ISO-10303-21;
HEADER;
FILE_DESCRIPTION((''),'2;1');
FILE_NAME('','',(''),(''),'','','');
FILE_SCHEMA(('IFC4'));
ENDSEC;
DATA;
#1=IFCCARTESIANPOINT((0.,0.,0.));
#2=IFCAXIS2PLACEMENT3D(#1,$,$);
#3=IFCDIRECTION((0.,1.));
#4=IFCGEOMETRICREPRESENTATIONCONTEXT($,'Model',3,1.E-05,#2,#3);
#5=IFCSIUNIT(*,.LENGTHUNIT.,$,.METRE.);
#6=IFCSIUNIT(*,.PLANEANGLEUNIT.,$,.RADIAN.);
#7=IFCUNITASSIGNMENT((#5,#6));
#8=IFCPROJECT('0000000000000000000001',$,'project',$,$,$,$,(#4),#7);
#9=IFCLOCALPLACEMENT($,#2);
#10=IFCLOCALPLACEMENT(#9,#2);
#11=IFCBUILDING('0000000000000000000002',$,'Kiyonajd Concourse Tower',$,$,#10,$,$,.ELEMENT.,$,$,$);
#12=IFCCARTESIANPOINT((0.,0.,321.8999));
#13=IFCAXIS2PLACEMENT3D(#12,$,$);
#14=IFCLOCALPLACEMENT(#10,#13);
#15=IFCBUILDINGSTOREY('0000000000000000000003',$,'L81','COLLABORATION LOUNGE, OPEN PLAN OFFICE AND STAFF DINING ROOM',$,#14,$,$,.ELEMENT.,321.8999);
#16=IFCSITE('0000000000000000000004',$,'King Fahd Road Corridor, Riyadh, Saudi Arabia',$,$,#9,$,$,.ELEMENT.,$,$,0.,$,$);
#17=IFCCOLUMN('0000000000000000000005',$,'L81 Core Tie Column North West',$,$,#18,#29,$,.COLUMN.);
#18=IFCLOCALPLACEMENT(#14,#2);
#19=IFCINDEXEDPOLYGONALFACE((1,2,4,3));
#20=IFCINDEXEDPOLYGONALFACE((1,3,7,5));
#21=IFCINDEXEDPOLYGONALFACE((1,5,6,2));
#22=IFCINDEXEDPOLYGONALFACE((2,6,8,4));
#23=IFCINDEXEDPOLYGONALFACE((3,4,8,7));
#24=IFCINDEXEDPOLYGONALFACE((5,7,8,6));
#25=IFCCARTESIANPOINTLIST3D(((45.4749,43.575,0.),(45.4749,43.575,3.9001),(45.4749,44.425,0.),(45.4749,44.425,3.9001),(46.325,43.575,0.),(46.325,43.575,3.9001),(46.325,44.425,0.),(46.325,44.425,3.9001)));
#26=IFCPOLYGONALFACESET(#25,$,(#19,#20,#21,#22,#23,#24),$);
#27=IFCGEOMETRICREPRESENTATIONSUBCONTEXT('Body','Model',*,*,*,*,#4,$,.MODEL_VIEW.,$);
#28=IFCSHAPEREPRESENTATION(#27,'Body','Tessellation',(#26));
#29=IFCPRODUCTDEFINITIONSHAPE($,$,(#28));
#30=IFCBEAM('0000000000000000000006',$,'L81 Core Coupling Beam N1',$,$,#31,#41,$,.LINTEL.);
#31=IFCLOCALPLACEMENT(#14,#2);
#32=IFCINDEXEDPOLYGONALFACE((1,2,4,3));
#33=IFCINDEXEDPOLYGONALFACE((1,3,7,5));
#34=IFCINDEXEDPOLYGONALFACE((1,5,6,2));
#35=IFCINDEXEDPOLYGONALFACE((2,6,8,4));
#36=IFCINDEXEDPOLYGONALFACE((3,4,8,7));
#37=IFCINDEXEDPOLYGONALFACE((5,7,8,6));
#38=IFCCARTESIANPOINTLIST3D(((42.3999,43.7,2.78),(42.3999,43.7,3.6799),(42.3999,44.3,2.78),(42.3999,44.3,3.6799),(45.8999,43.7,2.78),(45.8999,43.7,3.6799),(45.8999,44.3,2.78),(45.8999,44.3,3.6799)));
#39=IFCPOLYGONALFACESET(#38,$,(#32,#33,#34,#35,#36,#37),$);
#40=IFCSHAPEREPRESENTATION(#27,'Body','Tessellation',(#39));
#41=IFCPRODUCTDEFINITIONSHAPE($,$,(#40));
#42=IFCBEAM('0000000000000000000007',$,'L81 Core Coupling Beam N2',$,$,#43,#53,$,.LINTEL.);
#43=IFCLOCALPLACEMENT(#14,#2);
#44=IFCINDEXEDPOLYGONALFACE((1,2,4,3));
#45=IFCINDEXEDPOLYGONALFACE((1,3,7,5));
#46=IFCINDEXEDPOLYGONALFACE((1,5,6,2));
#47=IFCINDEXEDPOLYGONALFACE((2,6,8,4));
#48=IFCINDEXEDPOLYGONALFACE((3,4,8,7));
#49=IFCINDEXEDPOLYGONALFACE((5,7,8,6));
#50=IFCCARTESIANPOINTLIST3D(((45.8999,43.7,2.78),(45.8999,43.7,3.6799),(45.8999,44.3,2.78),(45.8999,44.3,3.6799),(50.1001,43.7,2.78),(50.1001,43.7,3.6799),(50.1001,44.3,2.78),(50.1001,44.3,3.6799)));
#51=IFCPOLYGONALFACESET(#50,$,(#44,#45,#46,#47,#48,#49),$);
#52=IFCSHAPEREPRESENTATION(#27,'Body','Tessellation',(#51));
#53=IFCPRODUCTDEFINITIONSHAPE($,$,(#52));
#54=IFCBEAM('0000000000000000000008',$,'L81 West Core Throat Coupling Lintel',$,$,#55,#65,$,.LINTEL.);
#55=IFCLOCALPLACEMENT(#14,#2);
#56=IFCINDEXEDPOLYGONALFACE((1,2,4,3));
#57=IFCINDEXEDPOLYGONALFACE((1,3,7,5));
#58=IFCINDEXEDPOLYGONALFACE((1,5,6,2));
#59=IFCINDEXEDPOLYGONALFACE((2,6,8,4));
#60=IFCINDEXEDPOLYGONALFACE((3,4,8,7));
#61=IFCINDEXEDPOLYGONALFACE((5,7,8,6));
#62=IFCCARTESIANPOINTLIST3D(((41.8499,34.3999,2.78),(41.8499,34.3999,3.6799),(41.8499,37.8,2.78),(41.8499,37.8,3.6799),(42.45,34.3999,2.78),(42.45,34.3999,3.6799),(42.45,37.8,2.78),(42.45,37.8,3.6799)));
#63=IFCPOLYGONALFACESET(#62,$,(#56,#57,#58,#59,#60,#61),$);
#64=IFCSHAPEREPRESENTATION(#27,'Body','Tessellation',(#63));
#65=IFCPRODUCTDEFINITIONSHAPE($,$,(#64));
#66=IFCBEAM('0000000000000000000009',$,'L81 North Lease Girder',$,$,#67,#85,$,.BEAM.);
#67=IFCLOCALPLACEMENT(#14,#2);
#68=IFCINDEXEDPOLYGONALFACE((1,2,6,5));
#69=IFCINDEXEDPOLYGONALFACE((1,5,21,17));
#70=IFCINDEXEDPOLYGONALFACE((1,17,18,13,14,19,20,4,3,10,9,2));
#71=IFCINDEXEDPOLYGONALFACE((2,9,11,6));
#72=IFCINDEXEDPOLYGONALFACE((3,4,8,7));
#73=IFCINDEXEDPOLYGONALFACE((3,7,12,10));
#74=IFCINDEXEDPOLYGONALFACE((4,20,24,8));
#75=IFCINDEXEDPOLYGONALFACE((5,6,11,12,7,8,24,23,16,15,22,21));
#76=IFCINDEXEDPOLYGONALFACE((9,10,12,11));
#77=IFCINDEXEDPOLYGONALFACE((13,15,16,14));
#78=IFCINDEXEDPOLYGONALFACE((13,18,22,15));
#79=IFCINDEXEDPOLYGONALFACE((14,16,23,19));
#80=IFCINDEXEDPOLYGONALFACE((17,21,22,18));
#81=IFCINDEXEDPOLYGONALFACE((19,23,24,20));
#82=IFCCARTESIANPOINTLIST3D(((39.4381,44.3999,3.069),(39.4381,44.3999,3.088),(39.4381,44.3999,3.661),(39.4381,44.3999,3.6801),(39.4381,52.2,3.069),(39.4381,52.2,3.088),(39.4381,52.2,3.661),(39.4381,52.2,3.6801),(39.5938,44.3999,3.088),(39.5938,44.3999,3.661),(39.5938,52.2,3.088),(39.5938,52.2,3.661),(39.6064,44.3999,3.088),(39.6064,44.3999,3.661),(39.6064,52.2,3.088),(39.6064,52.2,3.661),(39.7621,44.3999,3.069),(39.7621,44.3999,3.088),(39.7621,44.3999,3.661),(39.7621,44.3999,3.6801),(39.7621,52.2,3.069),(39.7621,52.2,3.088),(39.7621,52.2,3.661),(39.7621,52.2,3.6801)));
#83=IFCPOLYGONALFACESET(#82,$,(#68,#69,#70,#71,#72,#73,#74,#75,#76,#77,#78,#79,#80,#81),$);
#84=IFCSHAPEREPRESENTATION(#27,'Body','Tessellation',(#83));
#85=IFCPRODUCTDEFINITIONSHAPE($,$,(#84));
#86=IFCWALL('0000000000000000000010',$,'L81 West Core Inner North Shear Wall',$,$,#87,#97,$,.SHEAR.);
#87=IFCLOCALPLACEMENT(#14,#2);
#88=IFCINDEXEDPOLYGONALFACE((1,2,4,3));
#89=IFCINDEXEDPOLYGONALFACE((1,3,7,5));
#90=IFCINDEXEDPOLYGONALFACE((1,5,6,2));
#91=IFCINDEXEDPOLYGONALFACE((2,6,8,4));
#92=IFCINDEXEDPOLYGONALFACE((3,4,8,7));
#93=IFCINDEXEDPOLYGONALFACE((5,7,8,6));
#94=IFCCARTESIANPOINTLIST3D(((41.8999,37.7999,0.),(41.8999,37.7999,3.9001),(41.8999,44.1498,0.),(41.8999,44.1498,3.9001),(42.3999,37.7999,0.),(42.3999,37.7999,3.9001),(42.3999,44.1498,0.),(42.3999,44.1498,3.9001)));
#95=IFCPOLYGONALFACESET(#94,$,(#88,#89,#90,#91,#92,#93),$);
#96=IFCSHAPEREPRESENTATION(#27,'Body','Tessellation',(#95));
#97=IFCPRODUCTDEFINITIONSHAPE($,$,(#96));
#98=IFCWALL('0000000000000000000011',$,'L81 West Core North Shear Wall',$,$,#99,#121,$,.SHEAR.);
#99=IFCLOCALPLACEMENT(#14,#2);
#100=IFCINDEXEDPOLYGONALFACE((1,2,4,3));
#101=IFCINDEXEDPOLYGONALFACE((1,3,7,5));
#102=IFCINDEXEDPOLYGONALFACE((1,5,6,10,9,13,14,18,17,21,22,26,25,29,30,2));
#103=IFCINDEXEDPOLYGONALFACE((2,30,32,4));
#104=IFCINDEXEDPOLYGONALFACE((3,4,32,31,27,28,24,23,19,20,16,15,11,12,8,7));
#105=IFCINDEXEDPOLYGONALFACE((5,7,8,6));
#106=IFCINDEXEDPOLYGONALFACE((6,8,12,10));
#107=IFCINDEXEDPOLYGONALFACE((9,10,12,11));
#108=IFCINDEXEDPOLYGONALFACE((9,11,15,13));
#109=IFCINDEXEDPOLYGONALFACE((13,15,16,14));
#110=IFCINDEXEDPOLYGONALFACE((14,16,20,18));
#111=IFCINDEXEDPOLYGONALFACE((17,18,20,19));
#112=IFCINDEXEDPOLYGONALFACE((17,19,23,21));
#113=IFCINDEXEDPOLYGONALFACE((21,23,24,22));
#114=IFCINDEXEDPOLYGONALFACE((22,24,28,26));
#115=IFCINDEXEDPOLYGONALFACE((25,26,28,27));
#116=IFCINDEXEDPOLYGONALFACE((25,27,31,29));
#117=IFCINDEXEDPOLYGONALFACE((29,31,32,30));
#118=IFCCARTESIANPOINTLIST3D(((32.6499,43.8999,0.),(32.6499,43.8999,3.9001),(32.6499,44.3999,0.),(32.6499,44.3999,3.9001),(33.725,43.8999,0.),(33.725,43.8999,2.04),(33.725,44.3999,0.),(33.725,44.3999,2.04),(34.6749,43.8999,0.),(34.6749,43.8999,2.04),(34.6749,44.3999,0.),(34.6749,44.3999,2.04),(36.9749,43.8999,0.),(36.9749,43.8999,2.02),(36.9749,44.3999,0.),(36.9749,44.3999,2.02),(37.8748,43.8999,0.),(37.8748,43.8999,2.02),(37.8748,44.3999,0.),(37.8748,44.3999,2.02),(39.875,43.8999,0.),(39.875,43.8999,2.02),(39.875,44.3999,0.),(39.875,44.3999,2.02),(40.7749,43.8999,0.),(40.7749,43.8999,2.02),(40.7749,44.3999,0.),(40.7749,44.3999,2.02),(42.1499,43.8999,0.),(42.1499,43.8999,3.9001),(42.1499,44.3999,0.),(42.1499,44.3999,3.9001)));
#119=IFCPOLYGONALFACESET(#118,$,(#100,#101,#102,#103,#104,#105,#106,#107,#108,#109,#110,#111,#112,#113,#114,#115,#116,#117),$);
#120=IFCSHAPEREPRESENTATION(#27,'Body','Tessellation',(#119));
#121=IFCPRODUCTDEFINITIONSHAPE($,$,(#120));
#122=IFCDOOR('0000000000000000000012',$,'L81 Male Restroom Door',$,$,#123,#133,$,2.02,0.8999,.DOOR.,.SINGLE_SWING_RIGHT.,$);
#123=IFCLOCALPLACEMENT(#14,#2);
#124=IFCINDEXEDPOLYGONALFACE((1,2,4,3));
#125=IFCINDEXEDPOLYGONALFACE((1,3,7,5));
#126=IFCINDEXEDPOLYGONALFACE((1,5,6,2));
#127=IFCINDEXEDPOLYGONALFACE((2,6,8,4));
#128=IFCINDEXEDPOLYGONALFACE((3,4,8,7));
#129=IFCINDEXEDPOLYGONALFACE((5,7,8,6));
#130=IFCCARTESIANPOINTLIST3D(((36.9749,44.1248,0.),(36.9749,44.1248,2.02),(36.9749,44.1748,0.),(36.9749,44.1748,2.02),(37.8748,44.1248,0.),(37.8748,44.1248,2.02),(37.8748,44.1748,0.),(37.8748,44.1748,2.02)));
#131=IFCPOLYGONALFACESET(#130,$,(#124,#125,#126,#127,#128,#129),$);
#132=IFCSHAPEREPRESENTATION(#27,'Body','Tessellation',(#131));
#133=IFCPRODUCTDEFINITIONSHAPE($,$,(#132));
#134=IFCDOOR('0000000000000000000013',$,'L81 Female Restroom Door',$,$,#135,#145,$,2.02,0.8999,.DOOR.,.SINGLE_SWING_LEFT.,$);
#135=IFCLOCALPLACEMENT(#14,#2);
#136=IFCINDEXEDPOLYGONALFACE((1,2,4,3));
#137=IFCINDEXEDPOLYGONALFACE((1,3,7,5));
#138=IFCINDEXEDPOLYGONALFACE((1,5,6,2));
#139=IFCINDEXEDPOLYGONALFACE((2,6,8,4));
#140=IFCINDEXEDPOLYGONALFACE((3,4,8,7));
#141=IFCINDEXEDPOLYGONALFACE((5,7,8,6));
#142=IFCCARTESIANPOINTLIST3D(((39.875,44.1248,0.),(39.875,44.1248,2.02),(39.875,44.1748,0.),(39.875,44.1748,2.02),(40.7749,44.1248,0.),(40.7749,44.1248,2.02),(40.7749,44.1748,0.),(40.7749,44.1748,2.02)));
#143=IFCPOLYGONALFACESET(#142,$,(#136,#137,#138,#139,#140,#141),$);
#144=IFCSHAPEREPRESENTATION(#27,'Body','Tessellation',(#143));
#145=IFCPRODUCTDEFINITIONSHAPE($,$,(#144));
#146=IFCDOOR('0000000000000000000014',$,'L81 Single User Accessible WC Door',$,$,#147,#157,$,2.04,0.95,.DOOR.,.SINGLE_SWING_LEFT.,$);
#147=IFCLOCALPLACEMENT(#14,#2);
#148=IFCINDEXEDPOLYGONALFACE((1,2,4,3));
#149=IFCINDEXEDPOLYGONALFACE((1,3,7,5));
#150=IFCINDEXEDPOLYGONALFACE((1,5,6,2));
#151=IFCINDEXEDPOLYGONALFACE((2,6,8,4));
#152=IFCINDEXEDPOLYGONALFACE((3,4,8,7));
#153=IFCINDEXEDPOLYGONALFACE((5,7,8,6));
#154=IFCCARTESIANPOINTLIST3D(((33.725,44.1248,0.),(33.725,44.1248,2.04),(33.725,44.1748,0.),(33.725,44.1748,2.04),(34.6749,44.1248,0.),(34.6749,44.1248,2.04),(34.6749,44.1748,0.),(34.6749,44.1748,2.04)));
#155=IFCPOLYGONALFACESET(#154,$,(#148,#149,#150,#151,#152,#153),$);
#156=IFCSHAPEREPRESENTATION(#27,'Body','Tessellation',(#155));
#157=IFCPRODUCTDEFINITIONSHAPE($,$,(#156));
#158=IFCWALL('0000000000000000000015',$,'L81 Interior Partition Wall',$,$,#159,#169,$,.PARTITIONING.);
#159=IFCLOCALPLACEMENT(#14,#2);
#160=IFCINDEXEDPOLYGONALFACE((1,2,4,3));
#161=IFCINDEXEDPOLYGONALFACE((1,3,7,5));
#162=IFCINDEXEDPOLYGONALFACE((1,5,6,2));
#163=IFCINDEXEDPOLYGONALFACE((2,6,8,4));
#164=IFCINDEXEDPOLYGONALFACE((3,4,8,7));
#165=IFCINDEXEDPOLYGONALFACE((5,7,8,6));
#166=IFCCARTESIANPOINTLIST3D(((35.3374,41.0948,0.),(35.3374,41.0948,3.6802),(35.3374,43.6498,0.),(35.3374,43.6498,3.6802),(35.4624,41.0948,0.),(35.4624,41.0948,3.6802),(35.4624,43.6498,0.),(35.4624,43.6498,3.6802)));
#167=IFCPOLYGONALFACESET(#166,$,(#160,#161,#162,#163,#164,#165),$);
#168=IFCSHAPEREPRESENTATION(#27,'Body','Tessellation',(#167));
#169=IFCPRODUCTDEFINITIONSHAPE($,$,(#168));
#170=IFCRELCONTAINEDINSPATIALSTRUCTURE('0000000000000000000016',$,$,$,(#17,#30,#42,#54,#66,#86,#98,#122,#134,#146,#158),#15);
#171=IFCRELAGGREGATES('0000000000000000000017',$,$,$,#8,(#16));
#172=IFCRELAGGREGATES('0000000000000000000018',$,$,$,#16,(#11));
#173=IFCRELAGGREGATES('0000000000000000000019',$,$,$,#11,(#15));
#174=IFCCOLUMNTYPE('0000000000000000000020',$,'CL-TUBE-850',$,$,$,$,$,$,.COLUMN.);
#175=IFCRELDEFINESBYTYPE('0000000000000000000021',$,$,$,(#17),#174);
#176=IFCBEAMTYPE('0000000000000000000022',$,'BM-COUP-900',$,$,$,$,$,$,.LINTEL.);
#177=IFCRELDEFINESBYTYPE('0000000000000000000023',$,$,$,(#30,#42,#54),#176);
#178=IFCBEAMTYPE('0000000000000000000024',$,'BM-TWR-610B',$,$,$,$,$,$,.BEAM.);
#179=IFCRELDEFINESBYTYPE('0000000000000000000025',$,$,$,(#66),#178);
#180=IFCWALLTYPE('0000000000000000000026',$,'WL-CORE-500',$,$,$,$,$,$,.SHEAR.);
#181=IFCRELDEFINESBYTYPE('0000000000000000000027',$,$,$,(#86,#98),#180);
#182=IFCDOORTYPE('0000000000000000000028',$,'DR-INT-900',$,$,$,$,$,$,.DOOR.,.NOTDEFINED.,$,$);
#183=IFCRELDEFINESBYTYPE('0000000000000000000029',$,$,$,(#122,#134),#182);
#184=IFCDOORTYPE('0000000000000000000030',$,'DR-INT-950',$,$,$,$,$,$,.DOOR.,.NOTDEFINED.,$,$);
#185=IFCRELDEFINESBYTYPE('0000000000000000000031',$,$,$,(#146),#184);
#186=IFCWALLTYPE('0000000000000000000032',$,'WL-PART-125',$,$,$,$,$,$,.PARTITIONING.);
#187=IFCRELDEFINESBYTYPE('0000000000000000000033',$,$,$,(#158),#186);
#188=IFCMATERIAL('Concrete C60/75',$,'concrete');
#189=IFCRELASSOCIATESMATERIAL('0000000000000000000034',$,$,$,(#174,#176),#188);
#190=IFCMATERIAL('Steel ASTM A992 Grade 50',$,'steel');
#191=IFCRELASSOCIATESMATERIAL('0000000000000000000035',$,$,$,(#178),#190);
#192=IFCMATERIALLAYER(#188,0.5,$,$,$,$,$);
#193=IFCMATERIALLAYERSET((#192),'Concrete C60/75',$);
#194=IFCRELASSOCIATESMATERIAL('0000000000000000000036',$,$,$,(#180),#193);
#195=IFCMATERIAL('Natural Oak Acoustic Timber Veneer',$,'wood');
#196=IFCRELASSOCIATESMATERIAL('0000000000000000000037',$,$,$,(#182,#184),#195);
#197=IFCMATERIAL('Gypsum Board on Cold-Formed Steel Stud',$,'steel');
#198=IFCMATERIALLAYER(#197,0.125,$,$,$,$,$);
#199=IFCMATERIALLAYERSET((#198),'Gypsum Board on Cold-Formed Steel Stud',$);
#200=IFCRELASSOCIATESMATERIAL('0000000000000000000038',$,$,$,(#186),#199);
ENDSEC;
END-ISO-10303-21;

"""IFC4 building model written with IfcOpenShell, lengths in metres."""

from ifc_helpers import new_model, si_unit, direction, frame, frame_2d, origin, origin_2d, place, context, subcontext, project, spatial, rectangle, i_section, extrude, material, layer, layer_set, material_profile, profile_set, type_object, element, fill, save


model = new_model("IFC4")

# Units and contexts
model_context = context("Model", 3, precision=1e-05, world=origin(), true_north=direction((0.0, 1.0)))
body_context = subcontext(model_context, "Body", "Model", "MODEL_VIEW")
ifc_project = project(units=[si_unit("LENGTHUNIT", "METRE"), si_unit("PLANEANGLEUNIT", "RADIAN")], contexts=[model_context])

# Site, building, storey
site_placement = place(None, origin())
site = spatial("IfcSite", under=ifc_project, at=site_placement, Name="King Fahd Road Corridor, Riyadh, Saudi Arabia", CompositionType="ELEMENT", RefElevation=0.0)
building_placement = place(site_placement, origin())
building = spatial("IfcBuilding", under=site, at=building_placement, Name="Kiyonajd Concourse Tower", CompositionType="ELEMENT")
storey_placement = place(building_placement, frame((0.0, 0.0, 321.8999)))
storey = spatial("IfcBuildingStorey", under=building, at=storey_placement, Name="L81", Description="COLLABORATION LOUNGE, OPEN PLAN OFFICE AND STAFF DINING ROOM", CompositionType="ELEMENT", Elevation=321.8999)

# Column
ifc_material_1 = material(Name="Concrete C60/75", Category="concrete")
ifc_material_profile_1 = material_profile(ifc_material_1, rectangle(XDim=0.8501, YDim=0.8501, at=origin_2d()), Name="RC-850x850")
ifc_profile_set_1 = profile_set([ifc_material_profile_1], Name="Concrete C60/75")
column_type = type_object("IfcColumnType", Name="CL-TUBE-850", PredefinedType="COLUMN", material=ifc_profile_set_1)
column_placement = place(storey_placement, frame((45.8999, 44.0, 0.0), z_axis=(0.0, 0.0, 1.0), x_axis=(1.0, 0.0, 0.0)))
element("IfcColumn", 1, at=column_placement, inside=storey, type_object=column_type, Name="L81 Core Tie Column North West", PredefinedType="COLUMN", context=body_context, shape_type="SweptSolid", body=[
    extrude(rectangle(XDim=0.8501, YDim=0.8501, at=origin_2d()), origin(), (0.0, 0.0, 1.0), 3.9001),
])

# Beams
ifc_material_profile_2 = material_profile(ifc_material_1, rectangle(XDim=0.6001, YDim=0.8999, at=origin_2d()), Name="RCBM-600x900")
ifc_profile_set_2 = profile_set([ifc_material_profile_2], Name="Concrete C60/75")
beam_type_1 = type_object("IfcBeamType", Name="BM-COUP-900", PredefinedType="LINTEL", material=ifc_profile_set_2)
beam_1_placement = place(storey_placement, frame((42.3999, 44.0, 3.23), z_axis=(1.0, 0.0, 0.0), x_axis=(0.0, 1.0, 0.0)))
element("IfcBeam", 2, at=beam_1_placement, inside=storey, type_object=beam_type_1, Name="L81 Core Coupling Beam N1", PredefinedType="LINTEL", context=body_context, shape_type="SweptSolid", body=[
    extrude(rectangle(XDim=0.6001, YDim=0.8999, at=origin_2d()), origin(), (0.0, 0.0, 1.0), 3.5),
])
beam_2_placement = place(storey_placement, frame((45.8999, 44.0, 3.23), z_axis=(1.0, 0.0, 0.0), x_axis=(0.0, 1.0, 0.0)))
element("IfcBeam", 3, at=beam_2_placement, inside=storey, type_object=beam_type_1, Name="L81 Core Coupling Beam N2", PredefinedType="LINTEL", context=body_context, shape_type="SweptSolid", body=[
    extrude(rectangle(XDim=0.6001, YDim=0.8999, at=origin_2d()), origin(), (0.0, 0.0, 1.0), 4.2002),
])
beam_3_placement = place(storey_placement, frame((42.1499, 34.3999, 3.23), z_axis=(0.0, 1.0, 0.0), x_axis=(-1.0, 0.0, 0.0)))
element("IfcBeam", 4, at=beam_3_placement, inside=storey, type_object=beam_type_1, Name="L81 West Core Throat Coupling Lintel", PredefinedType="LINTEL", context=body_context, shape_type="SweptSolid", body=[
    extrude(rectangle(XDim=0.6001, YDim=0.8999, at=origin_2d()), origin(), (0.0, 0.0, 1.0), 3.4001),
])
ifc_material_2 = material(Name="Steel ASTM A992 Grade 50", Category="steel")
ifc_material_profile_3 = material_profile(ifc_material_2, i_section(OverallWidth=0.324, OverallDepth=0.6111, WebThickness=0.0127, FlangeThickness=0.019, at=origin_2d()), Name="W610X155")
ifc_profile_set_3 = profile_set([ifc_material_profile_3], Name="Steel ASTM A992 Grade 50")
beam_type_2 = type_object("IfcBeamType", Name="BM-TWR-610B", PredefinedType="BEAM", material=ifc_profile_set_3)
beam_4_placement = place(storey_placement, frame((39.6001, 44.3999, 3.3745), z_axis=(0.0, 1.0, 0.0), x_axis=(-1.0, 0.0, 0.0)))
element("IfcBeam", 5, at=beam_4_placement, inside=storey, type_object=beam_type_2, Name="L81 North Lease Girder", PredefinedType="BEAM", context=body_context, shape_type="SweptSolid", body=[
    extrude(i_section(OverallWidth=0.324, OverallDepth=0.6111, WebThickness=0.0127, FlangeThickness=0.019, at=origin_2d()), origin(), (0.0, 0.0, 1.0), 7.8),
])

# Wall
ifc_layer_1 = layer(ifc_material_1, 0.5)
ifc_layer_set_1 = layer_set([ifc_layer_1], Name="Concrete C60/75")
wall_type_1 = type_object("IfcWallType", Name="WL-CORE-500", PredefinedType="SHEAR", material=ifc_layer_set_1)
wall_1_placement = place(storey_placement, frame((42.1499, 37.8, 0.0), z_axis=(0.0, 0.0, 1.0), x_axis=(0.0, 1.0, 0.0)))
element("IfcWall", 6, at=wall_1_placement, inside=storey, type_object=wall_type_1, Name="L81 West Core Inner North Shear Wall", PredefinedType="SHEAR", context=body_context, shape_type="SweptSolid", body=[
    extrude(rectangle(XDim=6.3499, YDim=0.5, at=frame_2d((3.1748, 0.0))), origin(), (0.0, 0.0, 1.0), 3.9001),
])

# Wall, openings, doors
wall_2_placement = place(storey_placement, frame((32.6499, 44.1499, 0.0), z_axis=(0.0, 0.0, 1.0), x_axis=(1.0, 0.0, 0.0)))
wall_2 = element("IfcWall", 7, at=wall_2_placement, inside=storey, type_object=wall_type_1, Name="L81 West Core North Shear Wall", PredefinedType="SHEAR", context=body_context, shape_type="SweptSolid", body=[
    extrude(rectangle(XDim=9.5, YDim=0.5, at=frame_2d((4.75, 0.0))), origin(), (0.0, 0.0, 1.0), 3.9001),
])
opening_1_placement = place(wall_2_placement, frame((1.075, 0.0, 0.0)))
opening_1 = element("IfcOpeningElement", 8, at=opening_1_placement, cuts=wall_2, PredefinedType="OPENING", context=body_context, shape_type="SweptSolid", body=[
    extrude(rectangle(XDim=0.95, YDim=2.04, at=frame_2d((0.4751, 1.02))), frame((0.0, 0.26, 0.0), z_axis=(0.0, -1.0, 0.0), x_axis=(1.0, 0.0, 0.0)), (0.0, 0.0, 1.0), 0.52),
])
opening_2_placement = place(wall_2_placement, frame((4.325, 0.0, 0.0)))
opening_2 = element("IfcOpeningElement", 9, at=opening_2_placement, cuts=wall_2, PredefinedType="OPENING", context=body_context, shape_type="SweptSolid", body=[
    extrude(rectangle(XDim=0.8999, YDim=2.02, at=frame_2d((0.45, 1.01))), frame((0.0, 0.26, 0.0), z_axis=(0.0, -1.0, 0.0), x_axis=(1.0, 0.0, 0.0)), (0.0, 0.0, 1.0), 0.52),
])
opening_3_placement = place(wall_2_placement, frame((7.2251, 0.0, 0.0)))
opening_3 = element("IfcOpeningElement", 10, at=opening_3_placement, cuts=wall_2, PredefinedType="OPENING", context=body_context, shape_type="SweptSolid", body=[
    extrude(rectangle(XDim=0.8999, YDim=2.02, at=frame_2d((0.45, 1.01))), frame((0.0, 0.26, 0.0), z_axis=(0.0, -1.0, 0.0), x_axis=(1.0, 0.0, 0.0)), (0.0, 0.0, 1.0), 0.52),
])
ifc_material_3 = material(Name="Natural Oak Acoustic Timber Veneer", Category="wood")
door_type_1 = type_object("IfcDoorType", Name="DR-INT-900", OperationType="NOTDEFINED", PredefinedType="DOOR", material=ifc_material_3)
door_1_placement = place(opening_2_placement, origin())
door_1 = element("IfcDoor", 11, at=door_1_placement, inside=storey, type_object=door_type_1, Name="L81 Male Restroom Door", OperationType="SINGLE_SWING_RIGHT", OverallHeight=2.02, OverallWidth=0.8999, PredefinedType="DOOR", context=body_context, shape_type="SweptSolid", body=[
    extrude(rectangle(XDim=0.8999, YDim=2.02, at=frame_2d((0.45, 1.01))), frame((0.0, 0.0249, 0.0), z_axis=(0.0, -1.0, 0.0), x_axis=(1.0, 0.0, 0.0)), (0.0, 0.0, 1.0), 0.05),
])
fill(opening_2, door_1)
door_2_placement = place(opening_3_placement, origin())
door_2 = element("IfcDoor", 12, at=door_2_placement, inside=storey, type_object=door_type_1, Name="L81 Female Restroom Door", OperationType="SINGLE_SWING_LEFT", OverallHeight=2.02, OverallWidth=0.8999, PredefinedType="DOOR", context=body_context, shape_type="SweptSolid", body=[
    extrude(rectangle(XDim=0.8999, YDim=2.02, at=frame_2d((0.45, 1.01))), frame((0.0, 0.0249, 0.0), z_axis=(0.0, -1.0, 0.0), x_axis=(1.0, 0.0, 0.0)), (0.0, 0.0, 1.0), 0.05),
])
fill(opening_3, door_2)
door_type_2 = type_object("IfcDoorType", Name="DR-INT-950", OperationType="NOTDEFINED", PredefinedType="DOOR", material=ifc_material_3)
door_3_placement = place(opening_1_placement, origin())
door_3 = element("IfcDoor", 13, at=door_3_placement, inside=storey, type_object=door_type_2, Name="L81 Single User Accessible WC Door", OperationType="SINGLE_SWING_LEFT", OverallHeight=2.04, OverallWidth=0.95, PredefinedType="DOOR", context=body_context, shape_type="SweptSolid", body=[
    extrude(rectangle(XDim=0.95, YDim=2.04, at=frame_2d((0.4751, 1.02))), frame((0.0, 0.0249, 0.0), z_axis=(0.0, -1.0, 0.0), x_axis=(1.0, 0.0, 0.0)), (0.0, 0.0, 1.0), 0.05),
])
fill(opening_1, door_3)

# Wall
ifc_material_4 = material(Name="Gypsum Board on Cold-Formed Steel Stud", Category="steel")
ifc_layer_2 = layer(ifc_material_4, 0.125)
ifc_layer_set_2 = layer_set([ifc_layer_2], Name="Gypsum Board on Cold-Formed Steel Stud")
wall_type_2 = type_object("IfcWallType", Name="WL-PART-125", PredefinedType="PARTITIONING", material=ifc_layer_set_2)
for number, where, z_axis, x_axis, name in (
    (14, (35.3999, 41.095, 0.0), (0.0, 0.0, 1.0), (0.0, 1.0, 0.0), "L81 Interior Partition Wall"),
):
    element("IfcWall", number, at=place(storey_placement, frame(where, z_axis=z_axis, x_axis=x_axis)), inside=storey, type_object=wall_type_2, Name=name, PredefinedType="PARTITIONING", context=body_context, shape_type="SweptSolid", body=[
        extrude(rectangle(XDim=2.5549, YDim=0.125, at=frame_2d((1.2773, 0.0))), origin(), (0.0, 0.0, 1.0), 3.6802),
    ])

save(model, "model.ifc")
